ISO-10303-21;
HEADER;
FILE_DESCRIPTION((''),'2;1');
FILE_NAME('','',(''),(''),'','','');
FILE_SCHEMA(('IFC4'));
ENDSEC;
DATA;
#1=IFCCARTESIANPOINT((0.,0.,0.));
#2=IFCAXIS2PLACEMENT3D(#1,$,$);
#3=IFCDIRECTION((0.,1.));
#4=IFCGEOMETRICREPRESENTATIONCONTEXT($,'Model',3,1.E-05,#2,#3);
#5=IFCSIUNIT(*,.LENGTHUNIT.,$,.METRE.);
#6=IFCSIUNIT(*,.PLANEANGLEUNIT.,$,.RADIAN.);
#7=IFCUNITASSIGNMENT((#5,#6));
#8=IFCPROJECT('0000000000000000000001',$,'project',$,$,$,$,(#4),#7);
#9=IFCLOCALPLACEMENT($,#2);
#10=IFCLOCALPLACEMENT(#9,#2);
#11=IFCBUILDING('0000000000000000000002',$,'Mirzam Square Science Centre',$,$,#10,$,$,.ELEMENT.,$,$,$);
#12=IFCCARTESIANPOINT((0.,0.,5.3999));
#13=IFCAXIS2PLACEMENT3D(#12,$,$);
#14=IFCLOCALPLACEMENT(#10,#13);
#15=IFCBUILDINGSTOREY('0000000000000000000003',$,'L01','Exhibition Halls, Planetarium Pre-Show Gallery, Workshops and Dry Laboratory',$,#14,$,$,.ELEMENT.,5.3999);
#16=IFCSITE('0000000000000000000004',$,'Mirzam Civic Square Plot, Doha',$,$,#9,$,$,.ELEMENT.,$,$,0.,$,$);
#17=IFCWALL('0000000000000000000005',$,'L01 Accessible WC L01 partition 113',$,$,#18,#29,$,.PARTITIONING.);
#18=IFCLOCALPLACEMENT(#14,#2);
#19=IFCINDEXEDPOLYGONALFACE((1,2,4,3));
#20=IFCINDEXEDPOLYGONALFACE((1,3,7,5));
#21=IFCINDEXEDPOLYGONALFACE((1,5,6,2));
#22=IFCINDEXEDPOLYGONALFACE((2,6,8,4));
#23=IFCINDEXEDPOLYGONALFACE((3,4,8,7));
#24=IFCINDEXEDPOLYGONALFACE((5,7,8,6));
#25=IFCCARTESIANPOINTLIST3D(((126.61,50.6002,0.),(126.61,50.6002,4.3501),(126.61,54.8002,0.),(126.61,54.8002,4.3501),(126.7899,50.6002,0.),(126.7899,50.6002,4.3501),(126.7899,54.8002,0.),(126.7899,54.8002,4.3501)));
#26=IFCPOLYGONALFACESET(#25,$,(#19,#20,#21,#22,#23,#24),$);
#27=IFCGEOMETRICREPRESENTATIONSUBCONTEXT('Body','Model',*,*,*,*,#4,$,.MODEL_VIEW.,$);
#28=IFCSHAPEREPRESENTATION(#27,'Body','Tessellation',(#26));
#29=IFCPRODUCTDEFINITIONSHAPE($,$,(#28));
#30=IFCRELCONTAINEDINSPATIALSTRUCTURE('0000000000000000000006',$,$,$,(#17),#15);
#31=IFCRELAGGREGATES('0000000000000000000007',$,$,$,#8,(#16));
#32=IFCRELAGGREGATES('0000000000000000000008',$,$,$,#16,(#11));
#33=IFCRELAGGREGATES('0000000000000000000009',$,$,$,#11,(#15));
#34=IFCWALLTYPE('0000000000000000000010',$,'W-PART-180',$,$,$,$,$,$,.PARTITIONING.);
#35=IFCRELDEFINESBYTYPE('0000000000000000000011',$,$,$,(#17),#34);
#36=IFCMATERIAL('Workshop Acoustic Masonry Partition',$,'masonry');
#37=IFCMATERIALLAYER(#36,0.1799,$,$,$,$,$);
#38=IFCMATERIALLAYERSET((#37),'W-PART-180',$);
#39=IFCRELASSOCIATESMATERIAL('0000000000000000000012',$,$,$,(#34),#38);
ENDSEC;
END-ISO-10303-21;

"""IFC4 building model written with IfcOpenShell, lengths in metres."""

from ifc_helpers import new_model, si_unit, direction, frame, frame_2d, origin, place, context, subcontext, project, spatial, rectangle, extrude, material, layer, layer_set, type_object, element, save


model = new_model("IFC4")

# Units and contexts
model_context = context("Model", 3, precision=1e-05, world=origin(), true_north=direction((0.0, 1.0)))
body_context = subcontext(model_context, "Body", "Model", "MODEL_VIEW")
ifc_project = project(units=[si_unit("LENGTHUNIT", "METRE"), si_unit("PLANEANGLEUNIT", "RADIAN")], contexts=[model_context])

# Site, building, storey
site_placement = place(None, origin())
site = spatial("IfcSite", under=ifc_project, at=site_placement, Name="Mirzam Civic Square Plot, Doha", CompositionType="ELEMENT", RefElevation=0.0)
building_placement = place(site_placement, origin())
building = spatial("IfcBuilding", under=site, at=building_placement, Name="Mirzam Square Science Centre", CompositionType="ELEMENT")
storey_placement = place(building_placement, frame((0.0, 0.0, 5.3999)))
storey = spatial("IfcBuildingStorey", under=building, at=storey_placement, Name="L01", Description="Exhibition Halls, Planetarium Pre-Show Gallery, Workshops and Dry Laboratory", CompositionType="ELEMENT", Elevation=5.3999)

# Shared definitions
ifc_material_1 = material(Name="Workshop Acoustic Masonry Partition", Category="masonry")
ifc_layer_1 = layer(ifc_material_1, 0.1799)
ifc_layer_set_1 = layer_set([ifc_layer_1], Name="W-PART-180")
wall_type_1 = type_object("IfcWallType", Name="W-PART-180", PredefinedType="PARTITIONING", material=ifc_layer_set_1)

# Wall
wall_1_placement = place(storey_placement, frame((126.7, 50.6001, 0.0), z_axis=(0.0, 0.0, 1.0), x_axis=(0.0, 1.0, 0.0)))
element("IfcWall", 1, at=wall_1_placement, inside=storey, type_object=wall_type_1, Name="L01 Accessible WC L01 partition 113", PredefinedType="PARTITIONING", context=body_context, shape_type="SweptSolid", body=[
    extrude(rectangle(XDim=4.2, YDim=0.1799, at=frame_2d((2.1001, 0.0))), origin(), (0.0, 0.0, 1.0), 4.3501),
])

save(model, "model.ifc")
